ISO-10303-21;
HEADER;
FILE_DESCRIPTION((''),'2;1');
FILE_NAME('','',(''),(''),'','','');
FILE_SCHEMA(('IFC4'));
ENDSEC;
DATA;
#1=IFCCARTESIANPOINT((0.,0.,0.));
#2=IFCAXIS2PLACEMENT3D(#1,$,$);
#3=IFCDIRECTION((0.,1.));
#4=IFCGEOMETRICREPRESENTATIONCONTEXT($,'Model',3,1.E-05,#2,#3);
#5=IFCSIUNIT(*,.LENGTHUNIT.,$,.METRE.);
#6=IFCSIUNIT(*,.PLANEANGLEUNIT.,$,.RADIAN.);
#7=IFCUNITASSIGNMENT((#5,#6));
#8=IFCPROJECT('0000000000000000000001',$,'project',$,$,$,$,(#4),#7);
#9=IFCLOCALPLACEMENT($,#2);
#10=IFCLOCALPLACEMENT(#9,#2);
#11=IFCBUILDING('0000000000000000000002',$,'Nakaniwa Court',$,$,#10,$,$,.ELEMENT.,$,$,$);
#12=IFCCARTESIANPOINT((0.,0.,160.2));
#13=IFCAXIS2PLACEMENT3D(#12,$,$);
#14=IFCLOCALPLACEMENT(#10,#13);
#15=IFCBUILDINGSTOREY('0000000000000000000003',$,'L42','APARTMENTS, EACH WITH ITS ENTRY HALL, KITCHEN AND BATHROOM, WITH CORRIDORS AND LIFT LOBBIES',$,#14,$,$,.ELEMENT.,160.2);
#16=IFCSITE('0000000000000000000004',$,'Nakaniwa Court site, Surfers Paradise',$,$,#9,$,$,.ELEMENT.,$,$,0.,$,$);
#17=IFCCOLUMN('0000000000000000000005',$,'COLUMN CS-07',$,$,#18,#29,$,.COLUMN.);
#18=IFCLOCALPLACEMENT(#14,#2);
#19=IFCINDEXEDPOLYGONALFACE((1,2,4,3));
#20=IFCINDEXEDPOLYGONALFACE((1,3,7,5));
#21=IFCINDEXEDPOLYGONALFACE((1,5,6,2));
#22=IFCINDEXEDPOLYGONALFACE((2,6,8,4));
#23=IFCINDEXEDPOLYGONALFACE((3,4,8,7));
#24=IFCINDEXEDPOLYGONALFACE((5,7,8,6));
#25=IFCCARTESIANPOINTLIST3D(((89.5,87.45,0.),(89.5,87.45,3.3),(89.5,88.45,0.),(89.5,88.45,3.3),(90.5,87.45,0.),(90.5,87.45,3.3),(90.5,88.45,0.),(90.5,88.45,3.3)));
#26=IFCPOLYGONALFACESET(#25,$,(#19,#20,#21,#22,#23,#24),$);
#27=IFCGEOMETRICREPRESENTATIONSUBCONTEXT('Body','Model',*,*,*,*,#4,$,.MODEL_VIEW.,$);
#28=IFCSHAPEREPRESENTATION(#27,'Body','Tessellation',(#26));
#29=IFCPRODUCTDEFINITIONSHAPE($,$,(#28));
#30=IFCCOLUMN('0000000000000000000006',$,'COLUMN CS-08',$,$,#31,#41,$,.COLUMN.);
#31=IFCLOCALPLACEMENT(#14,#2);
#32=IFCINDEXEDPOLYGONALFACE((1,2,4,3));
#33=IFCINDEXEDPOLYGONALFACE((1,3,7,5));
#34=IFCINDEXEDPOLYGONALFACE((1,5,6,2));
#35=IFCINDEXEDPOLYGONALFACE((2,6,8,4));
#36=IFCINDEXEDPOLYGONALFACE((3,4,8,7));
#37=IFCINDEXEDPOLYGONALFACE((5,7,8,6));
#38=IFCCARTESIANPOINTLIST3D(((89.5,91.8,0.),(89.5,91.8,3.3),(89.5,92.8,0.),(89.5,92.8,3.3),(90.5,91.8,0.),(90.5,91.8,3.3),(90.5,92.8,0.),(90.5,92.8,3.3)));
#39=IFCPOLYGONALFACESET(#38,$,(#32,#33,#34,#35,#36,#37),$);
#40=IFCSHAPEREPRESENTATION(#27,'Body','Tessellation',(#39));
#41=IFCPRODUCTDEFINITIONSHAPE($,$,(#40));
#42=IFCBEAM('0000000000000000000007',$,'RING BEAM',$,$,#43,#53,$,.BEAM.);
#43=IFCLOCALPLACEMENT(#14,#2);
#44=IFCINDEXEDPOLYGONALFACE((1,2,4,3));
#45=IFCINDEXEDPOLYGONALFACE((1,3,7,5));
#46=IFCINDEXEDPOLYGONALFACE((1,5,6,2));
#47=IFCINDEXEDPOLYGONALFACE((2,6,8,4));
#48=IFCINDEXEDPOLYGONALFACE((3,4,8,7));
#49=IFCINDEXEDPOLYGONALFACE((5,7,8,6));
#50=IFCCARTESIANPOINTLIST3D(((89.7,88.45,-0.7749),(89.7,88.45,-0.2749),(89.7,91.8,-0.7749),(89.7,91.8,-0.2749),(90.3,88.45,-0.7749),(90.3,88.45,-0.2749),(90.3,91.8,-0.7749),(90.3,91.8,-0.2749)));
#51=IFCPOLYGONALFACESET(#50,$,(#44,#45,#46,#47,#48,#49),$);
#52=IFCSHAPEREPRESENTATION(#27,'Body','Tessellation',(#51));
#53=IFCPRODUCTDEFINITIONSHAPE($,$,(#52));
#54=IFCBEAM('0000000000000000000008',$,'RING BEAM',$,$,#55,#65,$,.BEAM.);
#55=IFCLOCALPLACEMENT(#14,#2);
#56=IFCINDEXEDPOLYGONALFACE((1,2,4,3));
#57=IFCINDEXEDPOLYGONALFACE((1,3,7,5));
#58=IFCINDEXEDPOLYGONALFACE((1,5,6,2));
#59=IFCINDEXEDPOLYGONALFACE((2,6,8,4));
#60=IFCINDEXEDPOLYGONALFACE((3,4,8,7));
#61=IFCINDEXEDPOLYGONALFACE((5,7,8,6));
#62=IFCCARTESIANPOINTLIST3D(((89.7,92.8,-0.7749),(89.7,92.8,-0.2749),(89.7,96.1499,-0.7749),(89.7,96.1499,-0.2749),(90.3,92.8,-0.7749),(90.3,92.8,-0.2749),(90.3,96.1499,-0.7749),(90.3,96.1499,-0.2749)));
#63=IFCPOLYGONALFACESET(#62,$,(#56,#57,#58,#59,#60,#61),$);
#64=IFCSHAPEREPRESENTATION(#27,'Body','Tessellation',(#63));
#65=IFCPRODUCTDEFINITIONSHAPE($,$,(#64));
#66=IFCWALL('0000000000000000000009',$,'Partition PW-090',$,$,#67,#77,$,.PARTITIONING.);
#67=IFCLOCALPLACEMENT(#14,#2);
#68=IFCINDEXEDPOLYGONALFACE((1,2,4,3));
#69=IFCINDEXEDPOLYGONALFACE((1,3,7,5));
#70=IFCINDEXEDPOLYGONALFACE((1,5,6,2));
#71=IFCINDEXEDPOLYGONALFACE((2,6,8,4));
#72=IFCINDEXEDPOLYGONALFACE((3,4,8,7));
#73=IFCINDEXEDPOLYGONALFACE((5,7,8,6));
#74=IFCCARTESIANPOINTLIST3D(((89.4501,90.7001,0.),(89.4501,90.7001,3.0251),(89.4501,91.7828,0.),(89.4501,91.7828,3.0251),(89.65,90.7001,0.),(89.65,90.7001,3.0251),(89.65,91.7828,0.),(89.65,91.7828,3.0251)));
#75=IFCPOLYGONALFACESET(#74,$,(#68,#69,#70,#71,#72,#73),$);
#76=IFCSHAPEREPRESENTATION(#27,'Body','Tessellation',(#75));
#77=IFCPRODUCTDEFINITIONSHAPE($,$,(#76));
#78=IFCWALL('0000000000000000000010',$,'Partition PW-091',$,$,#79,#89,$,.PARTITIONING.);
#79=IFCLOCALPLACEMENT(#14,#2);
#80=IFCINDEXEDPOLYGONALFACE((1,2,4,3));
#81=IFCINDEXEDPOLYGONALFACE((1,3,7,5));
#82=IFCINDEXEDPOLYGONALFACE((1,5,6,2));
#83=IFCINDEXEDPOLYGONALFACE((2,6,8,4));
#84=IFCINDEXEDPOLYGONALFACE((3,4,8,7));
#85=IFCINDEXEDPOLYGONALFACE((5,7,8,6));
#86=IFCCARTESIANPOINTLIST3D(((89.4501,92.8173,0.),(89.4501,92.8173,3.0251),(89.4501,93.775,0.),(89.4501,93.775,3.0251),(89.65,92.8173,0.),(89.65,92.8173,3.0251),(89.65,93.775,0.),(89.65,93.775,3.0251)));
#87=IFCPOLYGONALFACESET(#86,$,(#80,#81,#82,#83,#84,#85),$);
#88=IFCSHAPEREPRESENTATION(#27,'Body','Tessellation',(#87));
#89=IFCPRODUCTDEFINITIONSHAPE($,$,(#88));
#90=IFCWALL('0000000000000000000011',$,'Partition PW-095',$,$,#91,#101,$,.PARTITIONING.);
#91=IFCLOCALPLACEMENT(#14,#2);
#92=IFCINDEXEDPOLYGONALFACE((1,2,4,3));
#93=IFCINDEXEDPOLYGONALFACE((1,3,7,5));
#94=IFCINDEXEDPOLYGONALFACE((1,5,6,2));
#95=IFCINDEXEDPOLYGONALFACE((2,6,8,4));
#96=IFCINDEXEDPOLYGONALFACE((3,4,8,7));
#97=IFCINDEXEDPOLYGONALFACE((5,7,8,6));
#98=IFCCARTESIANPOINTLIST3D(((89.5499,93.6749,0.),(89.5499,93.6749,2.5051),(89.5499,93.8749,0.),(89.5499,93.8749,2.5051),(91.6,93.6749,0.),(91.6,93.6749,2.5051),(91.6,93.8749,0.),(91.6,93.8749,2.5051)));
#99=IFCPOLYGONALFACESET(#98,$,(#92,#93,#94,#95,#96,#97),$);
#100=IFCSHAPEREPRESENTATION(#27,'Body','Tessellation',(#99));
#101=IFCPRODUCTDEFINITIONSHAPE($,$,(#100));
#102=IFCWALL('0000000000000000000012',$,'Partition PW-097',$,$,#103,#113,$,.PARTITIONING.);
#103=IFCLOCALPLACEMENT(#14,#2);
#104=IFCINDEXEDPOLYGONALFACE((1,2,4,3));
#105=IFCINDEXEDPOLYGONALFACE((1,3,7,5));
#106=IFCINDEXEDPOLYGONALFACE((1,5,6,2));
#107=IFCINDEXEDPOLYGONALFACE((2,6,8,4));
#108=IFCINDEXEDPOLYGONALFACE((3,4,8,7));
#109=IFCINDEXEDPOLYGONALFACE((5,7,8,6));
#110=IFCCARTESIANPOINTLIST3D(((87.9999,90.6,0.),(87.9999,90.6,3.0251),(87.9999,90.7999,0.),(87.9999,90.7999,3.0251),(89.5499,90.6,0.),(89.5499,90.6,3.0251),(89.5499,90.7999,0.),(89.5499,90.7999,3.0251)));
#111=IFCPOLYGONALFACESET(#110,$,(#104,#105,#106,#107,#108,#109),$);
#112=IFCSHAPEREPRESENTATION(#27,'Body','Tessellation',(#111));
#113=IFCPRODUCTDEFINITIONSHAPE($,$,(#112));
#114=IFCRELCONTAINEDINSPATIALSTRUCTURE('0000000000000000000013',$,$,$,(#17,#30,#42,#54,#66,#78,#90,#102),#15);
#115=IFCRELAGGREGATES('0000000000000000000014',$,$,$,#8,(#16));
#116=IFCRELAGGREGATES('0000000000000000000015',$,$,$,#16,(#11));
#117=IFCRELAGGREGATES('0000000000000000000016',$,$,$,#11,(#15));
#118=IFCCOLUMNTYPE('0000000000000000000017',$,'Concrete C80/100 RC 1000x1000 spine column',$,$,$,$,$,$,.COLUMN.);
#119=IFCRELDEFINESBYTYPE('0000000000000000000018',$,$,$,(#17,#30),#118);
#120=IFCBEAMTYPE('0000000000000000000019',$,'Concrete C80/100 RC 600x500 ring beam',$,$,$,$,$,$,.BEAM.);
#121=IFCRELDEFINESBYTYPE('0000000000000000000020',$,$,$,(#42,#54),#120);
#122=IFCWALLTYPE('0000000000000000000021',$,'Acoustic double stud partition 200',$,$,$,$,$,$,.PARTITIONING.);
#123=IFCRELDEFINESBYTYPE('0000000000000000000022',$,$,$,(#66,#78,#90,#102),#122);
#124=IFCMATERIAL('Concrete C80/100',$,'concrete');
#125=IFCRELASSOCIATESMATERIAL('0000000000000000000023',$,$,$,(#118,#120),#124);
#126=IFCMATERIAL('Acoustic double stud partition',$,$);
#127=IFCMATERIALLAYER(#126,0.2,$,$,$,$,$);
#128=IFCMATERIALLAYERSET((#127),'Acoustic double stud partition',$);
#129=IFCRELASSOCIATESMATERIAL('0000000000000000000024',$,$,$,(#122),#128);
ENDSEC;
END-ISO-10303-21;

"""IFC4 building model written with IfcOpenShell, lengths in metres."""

from ifc_helpers import new_model, si_unit, direction, frame, frame_2d, origin, origin_2d, place, context, subcontext, project, spatial, rectangle, extrude, material, layer, layer_set, material_profile, profile_set, type_object, element, save


model = new_model("IFC4")

# Units and contexts
model_context = context("Model", 3, precision=1e-05, world=origin(), true_north=direction((0.0, 1.0)))
body_context = subcontext(model_context, "Body", "Model", "MODEL_VIEW")
ifc_project = project(units=[si_unit("LENGTHUNIT", "METRE"), si_unit("PLANEANGLEUNIT", "RADIAN")], contexts=[model_context])

# Site, building, storey
site_placement = place(None, origin())
site = spatial("IfcSite", under=ifc_project, at=site_placement, Name="Nakaniwa Court site, Surfers Paradise", CompositionType="ELEMENT", RefElevation=0.0)
building_placement = place(site_placement, origin())
building = spatial("IfcBuilding", under=site, at=building_placement, Name="Nakaniwa Court", CompositionType="ELEMENT")
storey_placement = place(building_placement, frame((0.0, 0.0, 160.2)))
storey = spatial("IfcBuildingStorey", under=building, at=storey_placement, Name="L42", Description="APARTMENTS, EACH WITH ITS ENTRY HALL, KITCHEN AND BATHROOM, WITH CORRIDORS AND LIFT LOBBIES", CompositionType="ELEMENT", Elevation=160.2)

# Columns
ifc_material_1 = material(Name="Concrete C80/100", Category="concrete")
ifc_material_profile_1 = material_profile(ifc_material_1, rectangle(XDim=1.0, YDim=1.0, at=origin_2d()), Name="Concrete C80/100 RC 1000x1000 spine column")
ifc_profile_set_1 = profile_set([ifc_material_profile_1], Name="Concrete C80/100")
column_type = type_object("IfcColumnType", Name="Concrete C80/100 RC 1000x1000 spine column", PredefinedType="COLUMN", material=ifc_profile_set_1)
for number, where, z_axis, x_axis, name in (
    (1, (90.0, 87.95, 0.0), (0.0, 0.0, 1.0), (0.0, 1.0, 0.0), "COLUMN CS-07"),
    (2, (90.0, 92.3, 0.0), (0.0, 0.0, 1.0), (0.0, 1.0, 0.0), "COLUMN CS-08"),
):
    element("IfcColumn", number, at=place(storey_placement, frame(where, z_axis=z_axis, x_axis=x_axis)), inside=storey, type_object=column_type, Name=name, PredefinedType="COLUMN", context=body_context, shape_type="SweptSolid", body=[
        extrude(rectangle(XDim=1.0, YDim=1.0, at=origin_2d()), origin(), (0.0, 0.0, 1.0), 3.3),
    ])

# Beams
ifc_material_profile_2 = material_profile(ifc_material_1, rectangle(XDim=0.6001, YDim=0.5, at=origin_2d()), Name="Concrete C80/100 RC 600x500 ring beam")
ifc_profile_set_2 = profile_set([ifc_material_profile_2], Name="Concrete C80/100")
beam_type = type_object("IfcBeamType", Name="Concrete C80/100 RC 600x500 ring beam", PredefinedType="BEAM", material=ifc_profile_set_2)
beam_1_placement = place(storey_placement, frame((90.0, 88.45, -0.5249), z_axis=(0.0, 1.0, 0.0), x_axis=(-1.0, 0.0, 0.0)))
element("IfcBeam", 3, at=beam_1_placement, inside=storey, type_object=beam_type, Name="RING BEAM", PredefinedType="BEAM", context=body_context, shape_type="SweptSolid", body=[
    extrude(rectangle(XDim=0.6001, YDim=0.5, at=origin_2d()), origin(), (0.0, 0.0, 1.0), 3.3501),
])
beam_2_placement = place(storey_placement, frame((90.0, 92.8, -0.5249), z_axis=(0.0, 1.0, 0.0), x_axis=(-1.0, 0.0, 0.0)))
element("IfcBeam", 4, at=beam_2_placement, inside=storey, type_object=beam_type, Name="RING BEAM", PredefinedType="BEAM", context=body_context, shape_type="SweptSolid", body=[
    extrude(rectangle(XDim=0.6001, YDim=0.5, at=origin_2d()), origin(), (0.0, 0.0, 1.0), 3.3499),
])

# Walls
ifc_material_2 = material(Name="Acoustic double stud partition")
ifc_layer_1 = layer(ifc_material_2, 0.2)
ifc_layer_set_1 = layer_set([ifc_layer_1], Name="Acoustic double stud partition")
wall_type_1 = type_object("IfcWallType", Name="Acoustic double stud partition 200", PredefinedType="PARTITIONING", material=ifc_layer_set_1)
wall_1_placement = place(storey_placement, frame((89.55, 90.7, 0.0), z_axis=(0.0, 0.0, 1.0), x_axis=(0.0, 1.0, 0.0)))
element("IfcWall", 5, at=wall_1_placement, inside=storey, type_object=wall_type_1, Name="Partition PW-090", PredefinedType="PARTITIONING", context=body_context, shape_type="SweptSolid", body=[
    extrude(rectangle(XDim=1.0828, YDim=0.2, at=frame_2d((0.5415, 0.0))), origin(), (0.0, 0.0, 1.0), 3.0251),
])
wall_2_placement = place(storey_placement, frame((89.55, 92.8171, 0.0), z_axis=(0.0, 0.0, 1.0), x_axis=(0.0, 1.0, 0.0)))
element("IfcWall", 6, at=wall_2_placement, inside=storey, type_object=wall_type_1, Name="Partition PW-091", PredefinedType="PARTITIONING", context=body_context, shape_type="SweptSolid", body=[
    extrude(rectangle(XDim=0.9578, YDim=0.2, at=frame_2d((0.479, 0.0))), origin(), (0.0, 0.0, 1.0), 3.0251),
])
wall_3_placement = place(storey_placement, frame((89.55, 93.7749, 0.0), z_axis=(0.0, 0.0, 1.0), x_axis=(1.0, 0.0, 0.0)))
element("IfcWall", 7, at=wall_3_placement, inside=storey, type_object=wall_type_1, Name="Partition PW-095", PredefinedType="PARTITIONING", context=body_context, shape_type="SweptSolid", body=[
    extrude(rectangle(XDim=2.05, YDim=0.2, at=frame_2d((1.0249, 0.0))), origin(), (0.0, 0.0, 1.0), 2.5051),
])
wall_4_placement = place(storey_placement, frame((88.0, 90.7, 0.0), z_axis=(0.0, 0.0, 1.0), x_axis=(1.0, 0.0, 0.0)))
element("IfcWall", 8, at=wall_4_placement, inside=storey, type_object=wall_type_1, Name="Partition PW-097", PredefinedType="PARTITIONING", context=body_context, shape_type="SweptSolid", body=[
    extrude(rectangle(XDim=1.55, YDim=0.2, at=frame_2d((0.7749, 0.0))), origin(), (0.0, 0.0, 1.0), 3.0251),
])

save(model, "model.ifc")
